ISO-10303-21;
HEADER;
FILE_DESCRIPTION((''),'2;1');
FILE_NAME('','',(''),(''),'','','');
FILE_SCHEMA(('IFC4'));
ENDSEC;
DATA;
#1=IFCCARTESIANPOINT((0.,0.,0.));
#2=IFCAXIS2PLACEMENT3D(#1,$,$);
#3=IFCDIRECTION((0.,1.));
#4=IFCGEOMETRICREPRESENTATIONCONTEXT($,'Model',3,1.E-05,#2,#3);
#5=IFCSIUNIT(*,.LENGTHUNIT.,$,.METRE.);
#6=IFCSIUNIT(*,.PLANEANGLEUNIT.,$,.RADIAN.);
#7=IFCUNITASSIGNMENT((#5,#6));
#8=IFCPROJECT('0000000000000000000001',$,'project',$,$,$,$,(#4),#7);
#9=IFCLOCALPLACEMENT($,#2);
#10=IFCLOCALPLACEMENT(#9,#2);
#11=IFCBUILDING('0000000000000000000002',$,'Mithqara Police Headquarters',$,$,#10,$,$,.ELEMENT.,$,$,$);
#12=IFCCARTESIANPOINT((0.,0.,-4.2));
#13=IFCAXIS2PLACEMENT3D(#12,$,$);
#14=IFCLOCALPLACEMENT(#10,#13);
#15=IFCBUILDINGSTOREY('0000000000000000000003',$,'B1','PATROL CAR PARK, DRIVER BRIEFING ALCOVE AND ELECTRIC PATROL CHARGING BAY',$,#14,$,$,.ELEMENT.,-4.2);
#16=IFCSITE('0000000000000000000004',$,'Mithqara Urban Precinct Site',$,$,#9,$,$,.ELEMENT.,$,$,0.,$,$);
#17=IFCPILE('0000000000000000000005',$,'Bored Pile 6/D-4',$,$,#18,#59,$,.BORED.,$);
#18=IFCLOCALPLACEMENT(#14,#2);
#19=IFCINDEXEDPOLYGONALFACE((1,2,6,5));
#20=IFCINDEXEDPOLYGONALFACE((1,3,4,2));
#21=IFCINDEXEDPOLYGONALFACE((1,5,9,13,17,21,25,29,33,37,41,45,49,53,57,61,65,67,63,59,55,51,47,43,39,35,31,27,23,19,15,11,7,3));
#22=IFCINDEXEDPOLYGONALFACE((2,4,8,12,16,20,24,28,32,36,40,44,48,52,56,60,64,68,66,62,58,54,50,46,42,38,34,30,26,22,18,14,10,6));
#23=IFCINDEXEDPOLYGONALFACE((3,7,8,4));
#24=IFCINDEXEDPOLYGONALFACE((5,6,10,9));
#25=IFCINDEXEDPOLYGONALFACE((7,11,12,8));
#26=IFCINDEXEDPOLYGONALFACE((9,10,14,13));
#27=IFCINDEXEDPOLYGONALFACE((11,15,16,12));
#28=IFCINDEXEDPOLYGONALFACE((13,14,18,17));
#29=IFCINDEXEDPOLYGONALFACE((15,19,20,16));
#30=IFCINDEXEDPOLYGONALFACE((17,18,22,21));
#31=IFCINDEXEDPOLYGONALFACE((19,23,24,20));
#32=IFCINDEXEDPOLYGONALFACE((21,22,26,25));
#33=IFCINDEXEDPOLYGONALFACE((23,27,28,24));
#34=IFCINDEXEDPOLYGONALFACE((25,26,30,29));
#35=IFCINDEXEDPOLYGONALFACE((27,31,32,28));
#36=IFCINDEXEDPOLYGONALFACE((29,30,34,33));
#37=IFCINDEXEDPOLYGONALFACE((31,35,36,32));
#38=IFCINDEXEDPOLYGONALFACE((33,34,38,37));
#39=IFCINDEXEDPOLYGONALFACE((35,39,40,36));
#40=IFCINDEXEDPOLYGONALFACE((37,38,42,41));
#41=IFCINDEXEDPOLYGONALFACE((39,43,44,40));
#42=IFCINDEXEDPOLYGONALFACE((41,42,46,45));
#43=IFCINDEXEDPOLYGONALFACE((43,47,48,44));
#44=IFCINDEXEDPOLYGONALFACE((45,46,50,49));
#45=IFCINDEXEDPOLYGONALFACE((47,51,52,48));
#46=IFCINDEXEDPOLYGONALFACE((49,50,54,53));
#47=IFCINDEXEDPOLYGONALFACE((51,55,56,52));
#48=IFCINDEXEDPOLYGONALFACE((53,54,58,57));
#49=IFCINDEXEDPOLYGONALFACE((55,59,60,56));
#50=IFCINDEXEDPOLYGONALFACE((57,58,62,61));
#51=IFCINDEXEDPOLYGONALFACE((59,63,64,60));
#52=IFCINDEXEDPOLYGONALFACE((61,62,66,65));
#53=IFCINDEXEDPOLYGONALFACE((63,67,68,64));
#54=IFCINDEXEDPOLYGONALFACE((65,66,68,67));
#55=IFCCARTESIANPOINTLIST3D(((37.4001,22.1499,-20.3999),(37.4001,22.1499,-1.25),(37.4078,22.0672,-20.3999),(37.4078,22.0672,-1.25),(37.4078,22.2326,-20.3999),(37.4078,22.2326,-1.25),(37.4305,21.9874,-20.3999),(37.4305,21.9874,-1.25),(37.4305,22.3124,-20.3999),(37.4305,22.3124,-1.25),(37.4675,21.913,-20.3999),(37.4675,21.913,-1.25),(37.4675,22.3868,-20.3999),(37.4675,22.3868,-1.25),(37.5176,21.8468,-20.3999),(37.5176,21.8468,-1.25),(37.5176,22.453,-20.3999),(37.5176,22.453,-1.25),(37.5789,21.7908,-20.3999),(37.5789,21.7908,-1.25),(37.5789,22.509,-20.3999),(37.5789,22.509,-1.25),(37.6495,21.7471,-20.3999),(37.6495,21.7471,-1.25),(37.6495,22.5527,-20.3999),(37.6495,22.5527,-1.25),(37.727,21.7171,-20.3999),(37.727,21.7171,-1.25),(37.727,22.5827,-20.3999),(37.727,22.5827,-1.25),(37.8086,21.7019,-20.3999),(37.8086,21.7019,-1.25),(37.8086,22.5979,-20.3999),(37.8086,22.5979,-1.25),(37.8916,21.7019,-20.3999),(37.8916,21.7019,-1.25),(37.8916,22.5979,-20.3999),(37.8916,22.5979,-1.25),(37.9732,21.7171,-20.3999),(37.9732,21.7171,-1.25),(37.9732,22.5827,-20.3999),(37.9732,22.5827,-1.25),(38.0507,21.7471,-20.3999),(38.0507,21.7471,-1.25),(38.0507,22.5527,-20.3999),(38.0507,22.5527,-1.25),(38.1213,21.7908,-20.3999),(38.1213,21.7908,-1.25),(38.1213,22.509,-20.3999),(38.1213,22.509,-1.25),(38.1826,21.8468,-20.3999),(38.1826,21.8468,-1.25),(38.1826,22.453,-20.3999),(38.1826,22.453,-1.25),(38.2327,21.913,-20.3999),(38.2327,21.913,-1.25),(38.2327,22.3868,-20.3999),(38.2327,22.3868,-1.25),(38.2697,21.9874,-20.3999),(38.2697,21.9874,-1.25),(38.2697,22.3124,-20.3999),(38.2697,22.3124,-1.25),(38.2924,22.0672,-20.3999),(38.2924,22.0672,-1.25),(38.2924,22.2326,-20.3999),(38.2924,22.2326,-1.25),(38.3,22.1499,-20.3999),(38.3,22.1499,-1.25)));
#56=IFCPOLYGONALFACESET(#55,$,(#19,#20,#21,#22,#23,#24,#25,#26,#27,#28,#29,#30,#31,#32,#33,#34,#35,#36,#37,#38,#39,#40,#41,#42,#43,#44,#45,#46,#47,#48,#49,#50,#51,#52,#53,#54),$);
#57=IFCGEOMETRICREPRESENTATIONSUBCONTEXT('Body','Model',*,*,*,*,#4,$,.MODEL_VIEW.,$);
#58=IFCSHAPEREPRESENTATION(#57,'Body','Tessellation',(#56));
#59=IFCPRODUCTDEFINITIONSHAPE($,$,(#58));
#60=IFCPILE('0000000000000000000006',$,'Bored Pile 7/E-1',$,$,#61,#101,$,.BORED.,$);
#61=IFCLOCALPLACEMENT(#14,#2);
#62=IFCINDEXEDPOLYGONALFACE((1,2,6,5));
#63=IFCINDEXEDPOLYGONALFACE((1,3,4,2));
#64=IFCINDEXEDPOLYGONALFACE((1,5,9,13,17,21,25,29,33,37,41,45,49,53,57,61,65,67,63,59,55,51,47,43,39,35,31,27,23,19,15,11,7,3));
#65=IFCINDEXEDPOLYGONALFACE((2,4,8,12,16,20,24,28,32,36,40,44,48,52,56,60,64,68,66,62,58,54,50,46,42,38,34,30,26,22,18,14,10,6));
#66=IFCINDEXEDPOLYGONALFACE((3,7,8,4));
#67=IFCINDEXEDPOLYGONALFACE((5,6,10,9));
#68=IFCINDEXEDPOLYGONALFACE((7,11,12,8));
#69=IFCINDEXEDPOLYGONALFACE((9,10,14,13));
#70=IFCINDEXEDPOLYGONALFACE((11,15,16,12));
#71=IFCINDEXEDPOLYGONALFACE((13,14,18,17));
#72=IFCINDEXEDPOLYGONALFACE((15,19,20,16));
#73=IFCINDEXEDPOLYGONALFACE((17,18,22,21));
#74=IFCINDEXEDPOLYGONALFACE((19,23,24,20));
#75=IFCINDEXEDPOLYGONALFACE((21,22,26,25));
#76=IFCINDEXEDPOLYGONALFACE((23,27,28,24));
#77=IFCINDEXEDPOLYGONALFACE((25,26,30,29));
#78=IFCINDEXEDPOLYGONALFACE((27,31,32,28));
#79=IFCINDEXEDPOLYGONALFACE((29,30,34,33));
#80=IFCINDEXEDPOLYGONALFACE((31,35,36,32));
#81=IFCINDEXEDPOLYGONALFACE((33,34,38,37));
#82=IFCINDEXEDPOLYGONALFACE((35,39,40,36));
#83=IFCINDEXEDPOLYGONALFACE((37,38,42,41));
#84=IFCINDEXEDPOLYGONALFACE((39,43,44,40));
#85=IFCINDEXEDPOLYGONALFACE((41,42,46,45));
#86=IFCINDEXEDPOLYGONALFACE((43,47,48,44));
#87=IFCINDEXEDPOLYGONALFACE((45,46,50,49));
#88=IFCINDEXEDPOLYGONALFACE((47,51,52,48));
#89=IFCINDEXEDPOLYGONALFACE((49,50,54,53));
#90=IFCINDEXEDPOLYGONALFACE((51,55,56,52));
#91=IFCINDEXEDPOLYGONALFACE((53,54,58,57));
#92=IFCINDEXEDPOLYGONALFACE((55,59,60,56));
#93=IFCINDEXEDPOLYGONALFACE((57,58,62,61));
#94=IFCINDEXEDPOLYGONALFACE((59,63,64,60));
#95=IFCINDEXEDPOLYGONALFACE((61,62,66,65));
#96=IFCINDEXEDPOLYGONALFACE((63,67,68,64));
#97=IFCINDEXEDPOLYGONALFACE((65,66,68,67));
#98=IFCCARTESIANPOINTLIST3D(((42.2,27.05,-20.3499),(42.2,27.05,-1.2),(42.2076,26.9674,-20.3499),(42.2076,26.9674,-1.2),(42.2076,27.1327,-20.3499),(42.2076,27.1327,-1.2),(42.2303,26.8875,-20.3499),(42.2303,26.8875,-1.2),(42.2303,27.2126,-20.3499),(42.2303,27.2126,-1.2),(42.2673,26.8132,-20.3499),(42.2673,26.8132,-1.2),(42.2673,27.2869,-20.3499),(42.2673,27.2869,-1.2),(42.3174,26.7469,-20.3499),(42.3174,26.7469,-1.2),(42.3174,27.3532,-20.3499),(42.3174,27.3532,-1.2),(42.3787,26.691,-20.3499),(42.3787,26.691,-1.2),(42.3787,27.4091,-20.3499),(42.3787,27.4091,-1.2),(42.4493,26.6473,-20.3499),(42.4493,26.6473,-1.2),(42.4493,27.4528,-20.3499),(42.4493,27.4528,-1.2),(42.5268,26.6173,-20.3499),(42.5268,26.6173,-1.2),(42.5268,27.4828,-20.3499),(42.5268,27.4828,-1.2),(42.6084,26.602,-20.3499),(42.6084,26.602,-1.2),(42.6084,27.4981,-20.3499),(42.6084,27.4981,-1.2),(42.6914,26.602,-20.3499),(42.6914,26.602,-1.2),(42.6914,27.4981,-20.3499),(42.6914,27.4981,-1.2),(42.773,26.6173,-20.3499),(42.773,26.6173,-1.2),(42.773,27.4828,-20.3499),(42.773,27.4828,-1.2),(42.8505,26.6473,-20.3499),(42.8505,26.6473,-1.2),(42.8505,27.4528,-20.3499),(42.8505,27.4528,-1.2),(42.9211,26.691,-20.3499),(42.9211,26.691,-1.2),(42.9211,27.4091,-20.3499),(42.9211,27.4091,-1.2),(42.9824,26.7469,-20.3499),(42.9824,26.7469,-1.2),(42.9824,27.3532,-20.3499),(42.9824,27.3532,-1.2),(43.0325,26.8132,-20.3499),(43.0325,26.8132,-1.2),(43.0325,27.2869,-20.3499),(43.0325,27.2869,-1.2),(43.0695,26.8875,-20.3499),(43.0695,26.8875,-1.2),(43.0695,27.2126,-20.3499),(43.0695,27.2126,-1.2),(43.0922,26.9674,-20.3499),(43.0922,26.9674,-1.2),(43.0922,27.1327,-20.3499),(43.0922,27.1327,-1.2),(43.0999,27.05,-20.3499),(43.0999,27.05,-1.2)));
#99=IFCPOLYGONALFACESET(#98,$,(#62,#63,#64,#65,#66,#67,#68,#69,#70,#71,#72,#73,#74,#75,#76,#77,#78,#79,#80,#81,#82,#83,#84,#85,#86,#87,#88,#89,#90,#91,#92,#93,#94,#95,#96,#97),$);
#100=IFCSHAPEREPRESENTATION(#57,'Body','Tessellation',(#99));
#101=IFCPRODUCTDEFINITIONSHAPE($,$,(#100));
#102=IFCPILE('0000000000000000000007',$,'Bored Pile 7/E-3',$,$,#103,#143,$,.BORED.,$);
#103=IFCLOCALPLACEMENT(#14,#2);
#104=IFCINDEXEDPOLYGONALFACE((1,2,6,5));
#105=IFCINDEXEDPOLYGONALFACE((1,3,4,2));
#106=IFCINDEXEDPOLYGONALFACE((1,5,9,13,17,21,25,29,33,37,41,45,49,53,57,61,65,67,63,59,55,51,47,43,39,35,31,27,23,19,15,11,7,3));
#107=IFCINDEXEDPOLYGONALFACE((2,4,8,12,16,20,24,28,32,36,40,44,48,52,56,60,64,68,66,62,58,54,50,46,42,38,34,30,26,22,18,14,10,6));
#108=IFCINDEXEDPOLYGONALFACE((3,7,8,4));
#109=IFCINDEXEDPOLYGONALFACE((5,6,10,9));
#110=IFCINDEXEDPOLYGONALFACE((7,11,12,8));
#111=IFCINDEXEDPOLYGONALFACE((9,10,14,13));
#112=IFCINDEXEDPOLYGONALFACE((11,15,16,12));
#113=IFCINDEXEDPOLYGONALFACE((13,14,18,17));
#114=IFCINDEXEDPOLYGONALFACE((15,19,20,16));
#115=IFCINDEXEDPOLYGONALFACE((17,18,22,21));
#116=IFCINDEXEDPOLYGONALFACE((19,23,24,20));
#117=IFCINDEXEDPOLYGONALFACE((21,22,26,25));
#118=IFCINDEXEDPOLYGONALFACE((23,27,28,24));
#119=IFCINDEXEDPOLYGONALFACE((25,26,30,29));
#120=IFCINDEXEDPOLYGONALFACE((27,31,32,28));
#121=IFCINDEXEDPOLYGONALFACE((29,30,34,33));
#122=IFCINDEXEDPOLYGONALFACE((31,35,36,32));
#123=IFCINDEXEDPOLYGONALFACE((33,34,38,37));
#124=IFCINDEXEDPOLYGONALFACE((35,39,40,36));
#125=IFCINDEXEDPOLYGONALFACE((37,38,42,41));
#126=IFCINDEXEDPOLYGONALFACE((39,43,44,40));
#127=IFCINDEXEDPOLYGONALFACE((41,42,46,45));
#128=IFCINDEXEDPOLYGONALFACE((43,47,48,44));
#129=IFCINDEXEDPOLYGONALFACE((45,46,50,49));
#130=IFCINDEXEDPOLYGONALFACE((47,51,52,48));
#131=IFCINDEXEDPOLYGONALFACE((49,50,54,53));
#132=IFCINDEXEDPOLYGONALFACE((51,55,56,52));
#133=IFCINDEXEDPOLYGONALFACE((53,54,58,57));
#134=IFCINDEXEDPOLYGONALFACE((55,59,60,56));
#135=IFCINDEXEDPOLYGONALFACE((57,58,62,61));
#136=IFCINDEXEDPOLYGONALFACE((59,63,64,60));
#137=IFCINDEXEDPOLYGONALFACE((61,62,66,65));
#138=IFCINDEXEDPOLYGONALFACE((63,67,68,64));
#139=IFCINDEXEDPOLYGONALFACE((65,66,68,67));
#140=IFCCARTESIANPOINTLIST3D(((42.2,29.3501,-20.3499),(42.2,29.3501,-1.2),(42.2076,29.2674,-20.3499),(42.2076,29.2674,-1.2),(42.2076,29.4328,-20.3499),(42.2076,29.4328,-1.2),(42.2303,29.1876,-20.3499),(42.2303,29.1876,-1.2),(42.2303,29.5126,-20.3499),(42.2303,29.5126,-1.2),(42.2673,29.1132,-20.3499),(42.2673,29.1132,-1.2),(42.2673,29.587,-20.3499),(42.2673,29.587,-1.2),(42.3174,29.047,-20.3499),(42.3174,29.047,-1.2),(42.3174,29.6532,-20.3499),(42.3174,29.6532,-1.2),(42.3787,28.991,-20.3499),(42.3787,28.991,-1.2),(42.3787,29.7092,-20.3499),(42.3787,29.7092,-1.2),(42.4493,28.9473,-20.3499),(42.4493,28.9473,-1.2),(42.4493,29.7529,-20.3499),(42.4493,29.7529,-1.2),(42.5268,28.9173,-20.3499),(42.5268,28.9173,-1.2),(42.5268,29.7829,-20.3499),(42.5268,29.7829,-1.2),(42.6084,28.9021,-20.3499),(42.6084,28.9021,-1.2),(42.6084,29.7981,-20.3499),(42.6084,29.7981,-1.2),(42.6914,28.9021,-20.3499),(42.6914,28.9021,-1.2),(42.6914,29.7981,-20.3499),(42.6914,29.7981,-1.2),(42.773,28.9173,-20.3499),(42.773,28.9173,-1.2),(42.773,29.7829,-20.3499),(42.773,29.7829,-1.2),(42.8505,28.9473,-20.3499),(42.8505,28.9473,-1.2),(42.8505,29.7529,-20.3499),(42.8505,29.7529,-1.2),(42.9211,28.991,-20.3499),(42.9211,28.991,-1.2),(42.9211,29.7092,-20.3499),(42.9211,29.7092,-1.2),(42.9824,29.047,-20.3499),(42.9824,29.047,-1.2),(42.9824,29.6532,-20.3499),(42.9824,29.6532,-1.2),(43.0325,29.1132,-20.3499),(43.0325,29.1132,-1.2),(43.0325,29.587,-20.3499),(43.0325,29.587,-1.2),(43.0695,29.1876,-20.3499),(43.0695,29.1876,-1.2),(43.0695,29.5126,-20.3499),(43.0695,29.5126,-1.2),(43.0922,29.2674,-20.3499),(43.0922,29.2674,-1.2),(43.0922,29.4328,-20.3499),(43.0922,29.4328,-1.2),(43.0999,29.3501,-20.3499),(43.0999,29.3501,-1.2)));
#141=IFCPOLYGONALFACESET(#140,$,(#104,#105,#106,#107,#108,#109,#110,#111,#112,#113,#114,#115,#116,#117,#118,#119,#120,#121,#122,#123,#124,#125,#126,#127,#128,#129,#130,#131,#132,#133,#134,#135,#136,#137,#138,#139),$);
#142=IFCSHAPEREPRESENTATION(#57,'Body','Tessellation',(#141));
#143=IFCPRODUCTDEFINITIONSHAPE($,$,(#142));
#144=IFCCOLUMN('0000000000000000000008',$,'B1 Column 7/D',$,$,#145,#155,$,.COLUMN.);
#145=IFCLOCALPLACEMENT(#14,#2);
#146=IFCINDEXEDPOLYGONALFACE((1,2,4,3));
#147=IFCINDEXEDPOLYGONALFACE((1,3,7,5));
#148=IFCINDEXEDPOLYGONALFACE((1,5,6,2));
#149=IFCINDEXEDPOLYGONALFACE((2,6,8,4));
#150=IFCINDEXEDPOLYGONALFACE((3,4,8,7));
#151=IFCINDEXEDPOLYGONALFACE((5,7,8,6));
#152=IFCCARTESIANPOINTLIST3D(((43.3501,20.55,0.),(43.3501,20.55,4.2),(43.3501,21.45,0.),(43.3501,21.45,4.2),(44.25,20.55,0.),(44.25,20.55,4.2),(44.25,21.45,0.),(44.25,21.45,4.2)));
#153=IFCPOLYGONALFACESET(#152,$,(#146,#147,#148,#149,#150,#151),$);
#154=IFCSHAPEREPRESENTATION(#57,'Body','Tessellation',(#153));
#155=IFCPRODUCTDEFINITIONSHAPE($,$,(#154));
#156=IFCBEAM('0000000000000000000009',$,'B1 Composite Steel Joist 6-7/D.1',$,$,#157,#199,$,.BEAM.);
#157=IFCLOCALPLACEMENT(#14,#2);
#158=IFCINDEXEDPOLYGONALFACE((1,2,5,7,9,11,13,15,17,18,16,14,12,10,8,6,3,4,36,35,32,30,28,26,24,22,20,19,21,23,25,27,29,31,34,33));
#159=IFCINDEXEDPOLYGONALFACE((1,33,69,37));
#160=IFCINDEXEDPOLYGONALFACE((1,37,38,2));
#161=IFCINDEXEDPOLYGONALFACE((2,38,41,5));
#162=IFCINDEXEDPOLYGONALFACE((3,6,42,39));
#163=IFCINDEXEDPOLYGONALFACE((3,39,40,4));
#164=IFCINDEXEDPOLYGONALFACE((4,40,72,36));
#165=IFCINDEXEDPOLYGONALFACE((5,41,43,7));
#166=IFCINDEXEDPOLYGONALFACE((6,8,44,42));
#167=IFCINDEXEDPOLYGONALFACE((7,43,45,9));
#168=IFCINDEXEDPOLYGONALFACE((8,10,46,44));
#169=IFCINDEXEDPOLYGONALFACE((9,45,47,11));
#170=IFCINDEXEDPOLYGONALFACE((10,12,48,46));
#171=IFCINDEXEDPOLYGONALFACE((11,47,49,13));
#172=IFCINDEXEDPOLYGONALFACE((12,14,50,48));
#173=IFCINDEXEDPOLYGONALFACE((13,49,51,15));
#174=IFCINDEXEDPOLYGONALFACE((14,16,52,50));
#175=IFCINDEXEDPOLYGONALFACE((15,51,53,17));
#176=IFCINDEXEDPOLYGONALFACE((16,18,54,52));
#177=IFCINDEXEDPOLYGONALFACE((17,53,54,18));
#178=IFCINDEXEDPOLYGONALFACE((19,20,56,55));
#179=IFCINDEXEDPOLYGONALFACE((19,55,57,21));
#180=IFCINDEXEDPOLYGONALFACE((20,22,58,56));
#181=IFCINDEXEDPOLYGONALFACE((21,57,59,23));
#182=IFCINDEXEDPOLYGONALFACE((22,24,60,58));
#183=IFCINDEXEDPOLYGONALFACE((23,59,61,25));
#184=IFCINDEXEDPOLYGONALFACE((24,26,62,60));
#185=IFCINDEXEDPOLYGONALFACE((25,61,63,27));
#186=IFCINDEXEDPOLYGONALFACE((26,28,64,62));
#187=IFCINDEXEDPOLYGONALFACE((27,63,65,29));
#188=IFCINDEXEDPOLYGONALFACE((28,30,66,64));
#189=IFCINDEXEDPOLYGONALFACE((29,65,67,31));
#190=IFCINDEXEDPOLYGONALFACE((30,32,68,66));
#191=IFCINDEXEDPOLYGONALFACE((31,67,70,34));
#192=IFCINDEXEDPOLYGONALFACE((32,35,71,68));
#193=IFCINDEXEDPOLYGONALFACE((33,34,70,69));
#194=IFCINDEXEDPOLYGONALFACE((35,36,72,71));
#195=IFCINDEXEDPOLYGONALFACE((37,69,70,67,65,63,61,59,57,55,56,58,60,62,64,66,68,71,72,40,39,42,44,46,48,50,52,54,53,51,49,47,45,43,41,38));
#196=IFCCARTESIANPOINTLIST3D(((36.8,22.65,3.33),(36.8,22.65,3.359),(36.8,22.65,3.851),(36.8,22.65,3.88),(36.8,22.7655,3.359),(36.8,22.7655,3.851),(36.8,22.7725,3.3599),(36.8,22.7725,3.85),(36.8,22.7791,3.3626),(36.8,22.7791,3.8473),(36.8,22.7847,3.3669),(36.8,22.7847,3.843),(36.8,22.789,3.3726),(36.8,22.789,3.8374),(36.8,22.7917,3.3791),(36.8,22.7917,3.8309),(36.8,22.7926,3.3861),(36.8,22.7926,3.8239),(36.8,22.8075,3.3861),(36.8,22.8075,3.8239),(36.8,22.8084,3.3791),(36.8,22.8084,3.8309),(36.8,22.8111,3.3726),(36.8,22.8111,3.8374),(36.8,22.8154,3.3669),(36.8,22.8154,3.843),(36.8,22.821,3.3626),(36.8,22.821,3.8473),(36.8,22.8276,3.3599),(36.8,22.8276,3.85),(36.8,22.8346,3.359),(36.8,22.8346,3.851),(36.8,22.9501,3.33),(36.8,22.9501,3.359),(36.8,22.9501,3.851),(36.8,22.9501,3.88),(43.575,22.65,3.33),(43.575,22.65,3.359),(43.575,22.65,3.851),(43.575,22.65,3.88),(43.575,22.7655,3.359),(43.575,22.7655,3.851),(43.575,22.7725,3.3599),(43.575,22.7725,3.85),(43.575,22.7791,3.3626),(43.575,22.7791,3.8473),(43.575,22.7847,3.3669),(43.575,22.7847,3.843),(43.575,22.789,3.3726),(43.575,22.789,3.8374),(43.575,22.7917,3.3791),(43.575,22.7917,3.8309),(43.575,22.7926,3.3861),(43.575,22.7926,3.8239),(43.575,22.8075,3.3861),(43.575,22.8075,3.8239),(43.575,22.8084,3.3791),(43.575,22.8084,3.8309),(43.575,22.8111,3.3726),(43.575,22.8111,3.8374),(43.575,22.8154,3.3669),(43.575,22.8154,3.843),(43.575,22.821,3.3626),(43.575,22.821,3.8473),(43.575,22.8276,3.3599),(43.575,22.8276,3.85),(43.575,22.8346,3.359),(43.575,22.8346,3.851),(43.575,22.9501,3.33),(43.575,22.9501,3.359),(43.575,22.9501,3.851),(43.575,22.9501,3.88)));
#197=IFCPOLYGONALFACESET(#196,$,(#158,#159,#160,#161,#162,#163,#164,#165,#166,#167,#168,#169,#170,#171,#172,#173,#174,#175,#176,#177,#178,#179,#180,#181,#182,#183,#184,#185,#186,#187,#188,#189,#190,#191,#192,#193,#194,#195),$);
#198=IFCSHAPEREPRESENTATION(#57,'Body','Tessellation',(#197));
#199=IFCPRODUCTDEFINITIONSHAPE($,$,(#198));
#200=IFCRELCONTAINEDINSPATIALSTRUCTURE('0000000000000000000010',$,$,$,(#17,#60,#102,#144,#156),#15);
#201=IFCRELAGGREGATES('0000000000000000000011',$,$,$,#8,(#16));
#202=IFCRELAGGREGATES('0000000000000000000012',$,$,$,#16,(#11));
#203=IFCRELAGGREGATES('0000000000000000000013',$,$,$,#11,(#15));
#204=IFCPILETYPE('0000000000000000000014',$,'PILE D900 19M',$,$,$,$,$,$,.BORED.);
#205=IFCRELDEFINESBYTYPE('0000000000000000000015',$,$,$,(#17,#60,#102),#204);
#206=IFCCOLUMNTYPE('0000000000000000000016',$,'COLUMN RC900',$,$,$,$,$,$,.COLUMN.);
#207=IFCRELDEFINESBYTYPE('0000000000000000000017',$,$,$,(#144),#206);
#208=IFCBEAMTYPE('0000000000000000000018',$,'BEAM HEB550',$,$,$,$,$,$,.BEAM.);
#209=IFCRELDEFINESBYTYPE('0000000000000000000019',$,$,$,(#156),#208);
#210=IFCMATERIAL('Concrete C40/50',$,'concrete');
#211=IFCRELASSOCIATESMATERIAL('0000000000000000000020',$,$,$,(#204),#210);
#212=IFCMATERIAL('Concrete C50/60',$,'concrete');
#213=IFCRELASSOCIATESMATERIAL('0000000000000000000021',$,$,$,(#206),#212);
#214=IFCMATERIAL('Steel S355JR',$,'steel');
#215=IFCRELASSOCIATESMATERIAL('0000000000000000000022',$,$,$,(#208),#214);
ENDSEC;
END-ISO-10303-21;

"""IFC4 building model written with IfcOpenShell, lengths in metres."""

from ifc_helpers import new_model, si_unit, direction, frame, origin, origin_2d, place, context, subcontext, project, spatial, rectangle, circle, i_section, extrude, material, material_profile, profile_set, type_object, element, save


model = new_model("IFC4")

# Units and contexts
model_context = context("Model", 3, precision=1e-05, world=origin(), true_north=direction((0.0, 1.0)))
body_context = subcontext(model_context, "Body", "Model", "MODEL_VIEW")
ifc_project = project(units=[si_unit("LENGTHUNIT", "METRE"), si_unit("PLANEANGLEUNIT", "RADIAN")], contexts=[model_context])

# Site, building, storey
site_placement = place(None, origin())
site = spatial("IfcSite", under=ifc_project, at=site_placement, Name="Mithqara Urban Precinct Site", CompositionType="ELEMENT", RefElevation=0.0)
building_placement = place(site_placement, origin())
building = spatial("IfcBuilding", under=site, at=building_placement, Name="Mithqara Police Headquarters", CompositionType="ELEMENT")
storey_placement = place(building_placement, frame((0.0, 0.0, -4.2)))
storey = spatial("IfcBuildingStorey", under=building, at=storey_placement, Name="B1", Description="PATROL CAR PARK, DRIVER BRIEFING ALCOVE AND ELECTRIC PATROL CHARGING BAY", CompositionType="ELEMENT", Elevation=-4.2)

# Shared definitions
ifc_material_1 = material(Name="Concrete C40/50", Category="concrete")

# Piles
ifc_material_profile_1 = material_profile(ifc_material_1, circle(Radius=0.45, at=origin_2d()), Name="PILE D900")
ifc_profile_set_1 = profile_set([ifc_material_profile_1], Name="Concrete C40/50")
pile_type_1 = type_object("IfcPileType", Name="PILE D900 19M", PredefinedType="BORED", material=ifc_profile_set_1)
for number, where, z_axis, x_axis, name in (
    (1, (37.8501, 22.1499, -1.25), (0.0, 0.0, -1.0), (1.0, 0.0, 0.0), "Bored Pile 6/D-4"),
    (2, (42.6499, 27.05, -1.2), (0.0, 0.0, -1.0), (1.0, 0.0, 0.0), "Bored Pile 7/E-1"),
    (3, (42.6499, 29.3501, -1.2), (0.0, 0.0, -1.0), (1.0, 0.0, 0.0), "Bored Pile 7/E-3"),
):
    element("IfcPile", number, at=place(storey_placement, frame(where, z_axis=z_axis, x_axis=x_axis)), inside=storey, type_object=pile_type_1, Name=name, PredefinedType="BORED", context=body_context, shape_type="SweptSolid", body=[
        extrude(circle(Radius=0.45, at=origin_2d()), origin(), (0.0, 0.0, 1.0), 19.1499),
    ])

# Column
ifc_material_2 = material(Name="Concrete C50/60", Category="concrete")
ifc_material_profile_2 = material_profile(ifc_material_2, rectangle(XDim=0.8999, YDim=0.8999, at=origin_2d()), Name="RC 900x900")
ifc_profile_set_2 = profile_set([ifc_material_profile_2], Name="Concrete C50/60")
column_type = type_object("IfcColumnType", Name="COLUMN RC900", PredefinedType="COLUMN", material=ifc_profile_set_2)
column_placement = place(storey_placement, frame((43.8, 21.0, 0.0), z_axis=(0.0, 0.0, 1.0), x_axis=(1.0, 0.0, 0.0)))
element("IfcColumn", 4, at=column_placement, inside=storey, type_object=column_type, Name="B1 Column 7/D", PredefinedType="COLUMN", context=body_context, shape_type="SweptSolid", body=[
    extrude(rectangle(XDim=0.8999, YDim=0.8999, at=origin_2d()), origin(), (0.0, 0.0, 1.0), 4.2),
])

# Beam
ifc_material_3 = material(Name="Steel S355JR", Category="steel")
ifc_material_profile_3 = material_profile(ifc_material_3, i_section(OverallWidth=0.3, OverallDepth=0.55, WebThickness=0.0149, FlangeThickness=0.0291, FilletRadius=0.0271, at=origin_2d()), Name="HEB 550")
ifc_profile_set_3 = profile_set([ifc_material_profile_3], Name="Steel S355JR")
beam_type_1 = type_object("IfcBeamType", Name="BEAM HEB550", PredefinedType="BEAM", material=ifc_profile_set_3)
for number, where, z_axis, x_axis, name in (
    (5, (36.8, 22.8, 3.605), (1.0, 0.0, 0.0), (0.0, 1.0, 0.0), "B1 Composite Steel Joist 6-7/D.1"),
):
    element("IfcBeam", number, at=place(storey_placement, frame(where, z_axis=z_axis, x_axis=x_axis)), inside=storey, type_object=beam_type_1, Name=name, PredefinedType="BEAM", context=body_context, shape_type="SweptSolid", body=[
        extrude(i_section(OverallWidth=0.3, OverallDepth=0.55, WebThickness=0.0149, FlangeThickness=0.0291, FilletRadius=0.0271, at=origin_2d()), origin(), (0.0, 0.0, 1.0), 6.7749),
    ])

save(model, "model.ifc")
